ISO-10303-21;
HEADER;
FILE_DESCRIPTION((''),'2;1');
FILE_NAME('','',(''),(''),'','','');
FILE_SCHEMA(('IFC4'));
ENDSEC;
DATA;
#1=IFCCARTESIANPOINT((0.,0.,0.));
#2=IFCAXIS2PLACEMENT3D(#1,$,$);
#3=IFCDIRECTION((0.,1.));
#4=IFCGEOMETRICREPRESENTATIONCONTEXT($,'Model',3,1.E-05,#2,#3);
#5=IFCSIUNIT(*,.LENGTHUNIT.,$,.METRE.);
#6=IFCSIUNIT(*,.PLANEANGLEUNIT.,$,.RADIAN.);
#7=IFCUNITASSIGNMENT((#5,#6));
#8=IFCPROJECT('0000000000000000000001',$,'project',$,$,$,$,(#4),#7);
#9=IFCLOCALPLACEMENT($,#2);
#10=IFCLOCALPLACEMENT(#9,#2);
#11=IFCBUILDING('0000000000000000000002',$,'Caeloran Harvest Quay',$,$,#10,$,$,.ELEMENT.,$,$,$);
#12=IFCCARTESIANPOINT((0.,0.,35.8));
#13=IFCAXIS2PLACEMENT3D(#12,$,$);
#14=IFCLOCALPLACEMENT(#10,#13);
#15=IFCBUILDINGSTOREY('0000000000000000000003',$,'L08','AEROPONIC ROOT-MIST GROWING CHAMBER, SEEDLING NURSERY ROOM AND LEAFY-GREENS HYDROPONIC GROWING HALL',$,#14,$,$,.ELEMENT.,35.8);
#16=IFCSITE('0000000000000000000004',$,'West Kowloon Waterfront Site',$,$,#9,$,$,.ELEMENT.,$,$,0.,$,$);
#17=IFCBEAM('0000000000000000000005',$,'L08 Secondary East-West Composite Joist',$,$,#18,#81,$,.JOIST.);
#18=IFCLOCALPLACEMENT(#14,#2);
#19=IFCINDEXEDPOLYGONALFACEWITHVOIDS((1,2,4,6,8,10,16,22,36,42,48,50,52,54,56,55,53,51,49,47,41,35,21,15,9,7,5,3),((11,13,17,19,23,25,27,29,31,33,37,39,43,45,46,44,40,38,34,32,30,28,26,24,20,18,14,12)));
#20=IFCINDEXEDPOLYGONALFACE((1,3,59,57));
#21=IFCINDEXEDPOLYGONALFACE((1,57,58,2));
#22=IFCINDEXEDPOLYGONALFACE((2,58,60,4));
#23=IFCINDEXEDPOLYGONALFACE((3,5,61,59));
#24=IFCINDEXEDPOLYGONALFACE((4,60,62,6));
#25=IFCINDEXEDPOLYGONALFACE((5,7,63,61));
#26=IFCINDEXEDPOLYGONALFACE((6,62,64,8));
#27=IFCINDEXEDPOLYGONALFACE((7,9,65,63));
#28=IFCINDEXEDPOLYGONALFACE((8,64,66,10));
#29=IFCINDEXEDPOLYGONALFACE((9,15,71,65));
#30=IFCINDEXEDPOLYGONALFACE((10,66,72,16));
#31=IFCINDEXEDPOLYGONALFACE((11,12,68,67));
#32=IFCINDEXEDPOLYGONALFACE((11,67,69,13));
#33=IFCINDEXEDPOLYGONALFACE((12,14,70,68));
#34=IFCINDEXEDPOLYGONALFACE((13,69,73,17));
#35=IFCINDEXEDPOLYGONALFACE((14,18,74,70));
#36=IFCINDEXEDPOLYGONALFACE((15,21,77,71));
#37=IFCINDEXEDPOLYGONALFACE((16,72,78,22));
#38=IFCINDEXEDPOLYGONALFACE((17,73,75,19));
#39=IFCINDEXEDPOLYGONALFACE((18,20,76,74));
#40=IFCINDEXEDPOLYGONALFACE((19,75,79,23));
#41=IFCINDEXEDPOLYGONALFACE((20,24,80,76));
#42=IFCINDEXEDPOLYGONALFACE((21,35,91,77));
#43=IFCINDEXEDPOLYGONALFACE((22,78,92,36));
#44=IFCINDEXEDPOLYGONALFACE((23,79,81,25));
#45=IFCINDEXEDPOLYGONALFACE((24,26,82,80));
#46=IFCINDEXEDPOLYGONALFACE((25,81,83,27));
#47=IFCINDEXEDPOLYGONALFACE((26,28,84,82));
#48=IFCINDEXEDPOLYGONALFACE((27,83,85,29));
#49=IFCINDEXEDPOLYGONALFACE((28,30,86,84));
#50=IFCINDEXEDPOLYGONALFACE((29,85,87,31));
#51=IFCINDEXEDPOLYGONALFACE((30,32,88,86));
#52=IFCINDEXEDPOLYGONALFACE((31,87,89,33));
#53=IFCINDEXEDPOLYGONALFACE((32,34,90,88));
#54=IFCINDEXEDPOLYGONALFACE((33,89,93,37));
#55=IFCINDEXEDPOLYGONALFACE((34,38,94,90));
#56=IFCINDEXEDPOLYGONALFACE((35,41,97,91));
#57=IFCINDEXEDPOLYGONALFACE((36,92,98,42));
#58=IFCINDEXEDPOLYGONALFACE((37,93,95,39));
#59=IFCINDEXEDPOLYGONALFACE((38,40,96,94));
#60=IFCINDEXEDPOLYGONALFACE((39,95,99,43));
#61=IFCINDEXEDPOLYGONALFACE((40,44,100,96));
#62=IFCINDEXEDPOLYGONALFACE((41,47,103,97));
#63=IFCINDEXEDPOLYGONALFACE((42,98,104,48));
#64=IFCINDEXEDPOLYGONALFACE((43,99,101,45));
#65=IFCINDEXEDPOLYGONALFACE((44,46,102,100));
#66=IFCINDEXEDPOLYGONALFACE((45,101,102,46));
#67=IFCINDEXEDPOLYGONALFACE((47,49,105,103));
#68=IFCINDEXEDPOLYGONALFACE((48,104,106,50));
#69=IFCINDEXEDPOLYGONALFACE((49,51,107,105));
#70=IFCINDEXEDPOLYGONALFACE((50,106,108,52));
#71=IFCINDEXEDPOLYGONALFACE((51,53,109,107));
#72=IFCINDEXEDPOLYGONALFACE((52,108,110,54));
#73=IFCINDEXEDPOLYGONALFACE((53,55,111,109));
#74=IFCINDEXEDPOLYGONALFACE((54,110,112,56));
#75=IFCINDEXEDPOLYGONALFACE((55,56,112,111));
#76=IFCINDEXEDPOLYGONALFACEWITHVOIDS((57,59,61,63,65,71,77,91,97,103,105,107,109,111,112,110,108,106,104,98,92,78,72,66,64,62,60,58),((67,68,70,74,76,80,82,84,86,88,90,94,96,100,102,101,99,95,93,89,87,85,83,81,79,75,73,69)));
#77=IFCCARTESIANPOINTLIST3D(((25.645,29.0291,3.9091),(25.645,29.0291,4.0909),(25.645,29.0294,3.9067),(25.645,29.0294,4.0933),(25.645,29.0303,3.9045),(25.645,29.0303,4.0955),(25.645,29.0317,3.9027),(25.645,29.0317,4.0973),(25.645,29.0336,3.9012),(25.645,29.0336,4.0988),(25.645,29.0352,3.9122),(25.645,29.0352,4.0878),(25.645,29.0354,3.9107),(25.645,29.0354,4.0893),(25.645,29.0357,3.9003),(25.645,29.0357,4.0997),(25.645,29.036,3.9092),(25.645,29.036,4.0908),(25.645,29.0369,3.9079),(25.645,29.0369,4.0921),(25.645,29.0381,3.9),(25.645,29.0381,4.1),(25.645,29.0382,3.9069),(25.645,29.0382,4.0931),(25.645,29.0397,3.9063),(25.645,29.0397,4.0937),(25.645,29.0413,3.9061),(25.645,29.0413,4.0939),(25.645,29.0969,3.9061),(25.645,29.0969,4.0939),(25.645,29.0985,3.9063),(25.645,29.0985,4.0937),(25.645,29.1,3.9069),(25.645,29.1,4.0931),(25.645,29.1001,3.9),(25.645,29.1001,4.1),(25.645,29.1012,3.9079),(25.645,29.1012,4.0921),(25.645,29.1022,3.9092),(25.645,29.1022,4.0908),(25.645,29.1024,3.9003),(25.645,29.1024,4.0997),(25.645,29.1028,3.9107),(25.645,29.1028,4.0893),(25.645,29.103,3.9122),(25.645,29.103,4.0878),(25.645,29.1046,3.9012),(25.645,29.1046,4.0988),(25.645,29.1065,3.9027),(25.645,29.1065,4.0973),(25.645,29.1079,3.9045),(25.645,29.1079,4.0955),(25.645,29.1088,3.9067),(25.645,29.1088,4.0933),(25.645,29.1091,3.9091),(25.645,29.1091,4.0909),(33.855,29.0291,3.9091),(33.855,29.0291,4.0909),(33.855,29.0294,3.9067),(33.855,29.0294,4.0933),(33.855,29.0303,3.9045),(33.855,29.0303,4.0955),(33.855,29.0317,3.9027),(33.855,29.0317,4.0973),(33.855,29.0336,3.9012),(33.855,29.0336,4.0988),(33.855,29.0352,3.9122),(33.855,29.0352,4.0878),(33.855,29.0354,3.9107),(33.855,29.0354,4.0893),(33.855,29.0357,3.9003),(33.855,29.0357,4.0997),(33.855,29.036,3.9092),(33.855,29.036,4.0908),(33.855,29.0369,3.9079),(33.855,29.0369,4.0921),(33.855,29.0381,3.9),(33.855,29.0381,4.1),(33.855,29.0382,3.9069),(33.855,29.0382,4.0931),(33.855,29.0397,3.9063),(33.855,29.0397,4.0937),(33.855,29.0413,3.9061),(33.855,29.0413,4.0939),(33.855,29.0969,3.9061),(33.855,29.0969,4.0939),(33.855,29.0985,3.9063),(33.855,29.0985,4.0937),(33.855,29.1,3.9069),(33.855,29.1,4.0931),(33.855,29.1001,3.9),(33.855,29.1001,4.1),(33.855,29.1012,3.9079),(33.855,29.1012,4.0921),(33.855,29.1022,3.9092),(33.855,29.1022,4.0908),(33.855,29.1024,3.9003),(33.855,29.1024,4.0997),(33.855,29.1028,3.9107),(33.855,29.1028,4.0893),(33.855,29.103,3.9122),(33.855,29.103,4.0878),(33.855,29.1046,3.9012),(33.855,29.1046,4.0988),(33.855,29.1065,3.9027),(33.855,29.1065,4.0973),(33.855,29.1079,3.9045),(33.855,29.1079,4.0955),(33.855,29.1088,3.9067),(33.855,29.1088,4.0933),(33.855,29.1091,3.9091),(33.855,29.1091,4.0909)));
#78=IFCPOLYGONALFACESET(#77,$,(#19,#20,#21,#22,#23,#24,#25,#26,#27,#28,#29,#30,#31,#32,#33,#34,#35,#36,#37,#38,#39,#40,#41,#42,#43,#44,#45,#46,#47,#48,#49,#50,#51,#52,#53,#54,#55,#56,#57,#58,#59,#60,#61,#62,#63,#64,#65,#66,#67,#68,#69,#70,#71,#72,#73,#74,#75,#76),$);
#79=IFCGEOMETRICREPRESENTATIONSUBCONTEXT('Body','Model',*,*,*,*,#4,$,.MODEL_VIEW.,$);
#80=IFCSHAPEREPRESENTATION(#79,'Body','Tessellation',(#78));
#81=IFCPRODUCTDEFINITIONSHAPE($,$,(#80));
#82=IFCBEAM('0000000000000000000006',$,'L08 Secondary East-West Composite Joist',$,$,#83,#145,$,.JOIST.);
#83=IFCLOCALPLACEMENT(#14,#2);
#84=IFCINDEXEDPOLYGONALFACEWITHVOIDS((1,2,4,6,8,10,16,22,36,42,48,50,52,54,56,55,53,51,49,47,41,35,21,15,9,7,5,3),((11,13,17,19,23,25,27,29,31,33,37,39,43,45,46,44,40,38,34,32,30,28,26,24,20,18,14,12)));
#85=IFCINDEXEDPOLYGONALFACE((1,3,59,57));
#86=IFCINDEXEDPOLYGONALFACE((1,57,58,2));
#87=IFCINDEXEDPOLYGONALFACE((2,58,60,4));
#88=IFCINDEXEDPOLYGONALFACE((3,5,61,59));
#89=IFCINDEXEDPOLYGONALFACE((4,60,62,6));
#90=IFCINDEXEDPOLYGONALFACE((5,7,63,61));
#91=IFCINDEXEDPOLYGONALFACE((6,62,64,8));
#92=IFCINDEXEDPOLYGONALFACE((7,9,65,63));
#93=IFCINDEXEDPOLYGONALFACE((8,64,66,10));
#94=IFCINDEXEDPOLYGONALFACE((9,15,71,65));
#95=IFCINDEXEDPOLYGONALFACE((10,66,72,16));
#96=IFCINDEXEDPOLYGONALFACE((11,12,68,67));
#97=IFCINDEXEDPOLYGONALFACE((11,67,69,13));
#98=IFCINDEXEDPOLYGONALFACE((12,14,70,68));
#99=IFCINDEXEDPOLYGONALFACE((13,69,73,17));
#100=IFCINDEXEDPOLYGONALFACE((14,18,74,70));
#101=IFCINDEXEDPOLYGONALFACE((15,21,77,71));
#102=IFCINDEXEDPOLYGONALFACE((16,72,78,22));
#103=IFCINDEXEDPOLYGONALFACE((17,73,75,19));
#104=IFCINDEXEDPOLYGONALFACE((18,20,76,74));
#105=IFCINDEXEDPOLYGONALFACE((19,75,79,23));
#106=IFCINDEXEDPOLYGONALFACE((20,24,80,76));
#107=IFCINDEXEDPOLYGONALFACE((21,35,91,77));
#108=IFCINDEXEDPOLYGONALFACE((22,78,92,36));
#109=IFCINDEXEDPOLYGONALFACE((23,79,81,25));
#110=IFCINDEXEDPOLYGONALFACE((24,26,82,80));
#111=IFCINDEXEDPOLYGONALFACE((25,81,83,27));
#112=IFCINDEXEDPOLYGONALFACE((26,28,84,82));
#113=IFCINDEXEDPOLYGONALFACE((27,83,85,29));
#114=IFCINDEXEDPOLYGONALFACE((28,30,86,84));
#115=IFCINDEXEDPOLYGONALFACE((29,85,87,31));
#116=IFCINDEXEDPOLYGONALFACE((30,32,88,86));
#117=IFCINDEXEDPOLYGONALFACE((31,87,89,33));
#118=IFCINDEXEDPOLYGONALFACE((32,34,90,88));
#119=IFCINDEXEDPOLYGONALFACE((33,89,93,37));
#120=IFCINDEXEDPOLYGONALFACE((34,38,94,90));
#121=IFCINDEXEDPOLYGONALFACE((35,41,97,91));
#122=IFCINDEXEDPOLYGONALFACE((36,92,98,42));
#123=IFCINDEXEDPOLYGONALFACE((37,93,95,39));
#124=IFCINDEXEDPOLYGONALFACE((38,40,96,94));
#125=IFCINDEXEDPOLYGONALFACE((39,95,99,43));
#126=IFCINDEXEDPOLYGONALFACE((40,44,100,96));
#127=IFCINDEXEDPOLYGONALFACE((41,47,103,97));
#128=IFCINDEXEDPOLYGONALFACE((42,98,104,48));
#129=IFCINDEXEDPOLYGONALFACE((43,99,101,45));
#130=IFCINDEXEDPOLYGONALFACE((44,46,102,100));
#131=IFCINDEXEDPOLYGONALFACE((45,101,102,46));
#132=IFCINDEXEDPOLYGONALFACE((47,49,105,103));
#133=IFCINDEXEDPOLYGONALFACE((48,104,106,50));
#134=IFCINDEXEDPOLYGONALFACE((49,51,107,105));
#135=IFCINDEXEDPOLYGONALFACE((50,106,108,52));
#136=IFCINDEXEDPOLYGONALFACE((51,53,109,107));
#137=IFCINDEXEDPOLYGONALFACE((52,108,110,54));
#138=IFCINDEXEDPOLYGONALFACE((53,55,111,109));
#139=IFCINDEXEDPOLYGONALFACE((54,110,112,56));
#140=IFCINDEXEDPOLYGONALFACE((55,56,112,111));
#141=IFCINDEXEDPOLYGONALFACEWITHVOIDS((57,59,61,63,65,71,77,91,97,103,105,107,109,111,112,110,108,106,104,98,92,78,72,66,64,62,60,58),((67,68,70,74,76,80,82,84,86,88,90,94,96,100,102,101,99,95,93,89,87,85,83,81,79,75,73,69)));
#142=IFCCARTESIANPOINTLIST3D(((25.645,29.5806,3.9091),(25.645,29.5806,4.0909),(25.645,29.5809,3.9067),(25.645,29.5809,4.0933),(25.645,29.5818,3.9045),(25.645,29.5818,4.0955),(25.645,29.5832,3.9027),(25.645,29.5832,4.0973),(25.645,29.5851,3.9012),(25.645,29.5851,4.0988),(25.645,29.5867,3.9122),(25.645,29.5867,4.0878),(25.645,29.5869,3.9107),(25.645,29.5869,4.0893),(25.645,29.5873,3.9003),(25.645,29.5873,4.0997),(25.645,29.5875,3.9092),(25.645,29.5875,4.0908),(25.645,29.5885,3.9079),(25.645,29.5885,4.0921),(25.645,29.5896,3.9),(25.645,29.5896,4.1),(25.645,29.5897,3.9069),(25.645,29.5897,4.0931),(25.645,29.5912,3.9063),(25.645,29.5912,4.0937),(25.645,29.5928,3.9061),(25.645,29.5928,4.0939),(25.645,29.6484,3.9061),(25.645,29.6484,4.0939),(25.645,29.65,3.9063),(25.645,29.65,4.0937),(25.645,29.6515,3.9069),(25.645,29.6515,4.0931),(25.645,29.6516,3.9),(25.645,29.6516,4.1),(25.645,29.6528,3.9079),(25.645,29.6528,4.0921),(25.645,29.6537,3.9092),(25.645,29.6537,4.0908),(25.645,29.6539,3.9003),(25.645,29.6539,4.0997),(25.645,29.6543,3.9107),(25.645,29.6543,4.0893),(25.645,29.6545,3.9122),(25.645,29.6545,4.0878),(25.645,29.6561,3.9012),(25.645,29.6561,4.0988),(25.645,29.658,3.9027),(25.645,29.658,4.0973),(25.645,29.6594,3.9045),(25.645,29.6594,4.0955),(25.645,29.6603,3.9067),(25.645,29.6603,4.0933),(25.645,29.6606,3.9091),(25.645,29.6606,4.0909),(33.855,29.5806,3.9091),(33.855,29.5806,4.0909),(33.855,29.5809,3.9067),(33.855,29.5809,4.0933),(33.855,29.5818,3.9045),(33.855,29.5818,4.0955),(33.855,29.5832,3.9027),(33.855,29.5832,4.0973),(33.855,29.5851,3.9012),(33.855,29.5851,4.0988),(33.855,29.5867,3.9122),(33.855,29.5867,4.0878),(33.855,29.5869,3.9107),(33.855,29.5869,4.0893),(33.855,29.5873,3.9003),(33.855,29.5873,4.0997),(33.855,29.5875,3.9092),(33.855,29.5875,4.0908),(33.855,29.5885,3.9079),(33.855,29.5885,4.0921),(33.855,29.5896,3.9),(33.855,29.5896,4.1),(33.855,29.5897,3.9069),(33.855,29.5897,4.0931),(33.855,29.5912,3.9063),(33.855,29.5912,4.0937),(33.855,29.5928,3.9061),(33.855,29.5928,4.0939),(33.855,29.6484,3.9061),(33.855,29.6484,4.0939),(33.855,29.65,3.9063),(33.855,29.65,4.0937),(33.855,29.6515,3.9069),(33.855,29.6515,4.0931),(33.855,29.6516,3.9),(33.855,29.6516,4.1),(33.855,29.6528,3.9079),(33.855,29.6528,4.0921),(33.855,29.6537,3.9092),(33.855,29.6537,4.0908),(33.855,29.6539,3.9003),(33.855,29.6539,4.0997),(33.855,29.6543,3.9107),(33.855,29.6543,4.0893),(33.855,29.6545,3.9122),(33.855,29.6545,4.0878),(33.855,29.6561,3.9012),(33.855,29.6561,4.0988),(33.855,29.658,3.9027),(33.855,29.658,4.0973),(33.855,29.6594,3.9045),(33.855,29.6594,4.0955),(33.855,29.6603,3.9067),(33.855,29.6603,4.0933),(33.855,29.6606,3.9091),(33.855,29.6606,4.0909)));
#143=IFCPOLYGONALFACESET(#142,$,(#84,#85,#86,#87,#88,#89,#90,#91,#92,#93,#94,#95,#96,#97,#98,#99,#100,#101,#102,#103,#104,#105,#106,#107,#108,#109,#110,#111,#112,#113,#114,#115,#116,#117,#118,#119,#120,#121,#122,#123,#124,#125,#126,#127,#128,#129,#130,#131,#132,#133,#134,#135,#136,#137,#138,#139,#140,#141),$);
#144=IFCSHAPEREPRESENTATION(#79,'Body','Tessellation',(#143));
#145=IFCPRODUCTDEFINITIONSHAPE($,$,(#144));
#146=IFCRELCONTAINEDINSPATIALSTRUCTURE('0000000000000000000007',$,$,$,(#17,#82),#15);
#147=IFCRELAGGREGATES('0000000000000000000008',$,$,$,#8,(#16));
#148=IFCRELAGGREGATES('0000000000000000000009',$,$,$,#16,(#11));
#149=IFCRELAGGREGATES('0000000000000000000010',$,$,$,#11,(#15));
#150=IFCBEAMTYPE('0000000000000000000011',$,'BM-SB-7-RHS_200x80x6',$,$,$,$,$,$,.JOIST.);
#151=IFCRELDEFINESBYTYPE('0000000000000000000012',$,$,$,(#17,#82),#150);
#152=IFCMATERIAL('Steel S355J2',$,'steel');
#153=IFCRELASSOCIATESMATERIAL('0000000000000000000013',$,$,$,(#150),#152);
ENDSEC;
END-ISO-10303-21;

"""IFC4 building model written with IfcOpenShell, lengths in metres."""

from ifc_helpers import new_model, si_unit, direction, frame, origin, origin_2d, place, context, subcontext, project, spatial, hollow_rectangle, extrude, material, material_profile, profile_set, type_object, element, save


model = new_model("IFC4")

# Units and contexts
model_context = context("Model", 3, precision=1e-05, world=origin(), true_north=direction((0.0, 1.0)))
body_context = subcontext(model_context, "Body", "Model", "MODEL_VIEW")
ifc_project = project(units=[si_unit("LENGTHUNIT", "METRE"), si_unit("PLANEANGLEUNIT", "RADIAN")], contexts=[model_context])

# Site, building, storey
site_placement = place(None, origin())
site = spatial("IfcSite", under=ifc_project, at=site_placement, Name="West Kowloon Waterfront Site", CompositionType="ELEMENT", RefElevation=0.0)
building_placement = place(site_placement, origin())
building = spatial("IfcBuilding", under=site, at=building_placement, Name="Caeloran Harvest Quay", CompositionType="ELEMENT")
storey_placement = place(building_placement, frame((0.0, 0.0, 35.8)))
storey = spatial("IfcBuildingStorey", under=building, at=storey_placement, Name="L08", Description="AEROPONIC ROOT-MIST GROWING CHAMBER, SEEDLING NURSERY ROOM AND LEAFY-GREENS HYDROPONIC GROWING HALL", CompositionType="ELEMENT", Elevation=35.8)

# Beams
ifc_material_1 = material(Name="Steel S355J2", Category="steel")
ifc_material_profile_1 = material_profile(ifc_material_1, hollow_rectangle(XDim=0.0801, YDim=0.2, WallThickness=0.0061, InnerFilletRadius=0.0061, OuterFilletRadius=0.009, at=origin_2d()), Name="RHS 200x80x6")
ifc_profile_set_1 = profile_set([ifc_material_profile_1], Name="Steel S355J2")
beam_type_1 = type_object("IfcBeamType", Name="BM-SB-7-RHS_200x80x6", PredefinedType="JOIST", material=ifc_profile_set_1)
for number, where, z_axis, x_axis, name in (
    (1, (25.645, 29.0691, 4.0), (1.0, 0.0, 0.0), (0.0, 1.0, 0.0), "L08 Secondary East-West Composite Joist"),
    (2, (25.645, 29.6206, 4.0), (1.0, 0.0, 0.0), (0.0, 1.0, 0.0), "L08 Secondary East-West Composite Joist"),
):
    element("IfcBeam", number, at=place(storey_placement, frame(where, z_axis=z_axis, x_axis=x_axis)), inside=storey, type_object=beam_type_1, Name=name, PredefinedType="JOIST", context=body_context, shape_type="SweptSolid", body=[
        extrude(hollow_rectangle(XDim=0.0801, YDim=0.2, WallThickness=0.0061, InnerFilletRadius=0.0061, OuterFilletRadius=0.009, at=origin_2d()), origin(), (0.0, 0.0, 1.0), 8.21),
    ])

save(model, "model.ifc")
